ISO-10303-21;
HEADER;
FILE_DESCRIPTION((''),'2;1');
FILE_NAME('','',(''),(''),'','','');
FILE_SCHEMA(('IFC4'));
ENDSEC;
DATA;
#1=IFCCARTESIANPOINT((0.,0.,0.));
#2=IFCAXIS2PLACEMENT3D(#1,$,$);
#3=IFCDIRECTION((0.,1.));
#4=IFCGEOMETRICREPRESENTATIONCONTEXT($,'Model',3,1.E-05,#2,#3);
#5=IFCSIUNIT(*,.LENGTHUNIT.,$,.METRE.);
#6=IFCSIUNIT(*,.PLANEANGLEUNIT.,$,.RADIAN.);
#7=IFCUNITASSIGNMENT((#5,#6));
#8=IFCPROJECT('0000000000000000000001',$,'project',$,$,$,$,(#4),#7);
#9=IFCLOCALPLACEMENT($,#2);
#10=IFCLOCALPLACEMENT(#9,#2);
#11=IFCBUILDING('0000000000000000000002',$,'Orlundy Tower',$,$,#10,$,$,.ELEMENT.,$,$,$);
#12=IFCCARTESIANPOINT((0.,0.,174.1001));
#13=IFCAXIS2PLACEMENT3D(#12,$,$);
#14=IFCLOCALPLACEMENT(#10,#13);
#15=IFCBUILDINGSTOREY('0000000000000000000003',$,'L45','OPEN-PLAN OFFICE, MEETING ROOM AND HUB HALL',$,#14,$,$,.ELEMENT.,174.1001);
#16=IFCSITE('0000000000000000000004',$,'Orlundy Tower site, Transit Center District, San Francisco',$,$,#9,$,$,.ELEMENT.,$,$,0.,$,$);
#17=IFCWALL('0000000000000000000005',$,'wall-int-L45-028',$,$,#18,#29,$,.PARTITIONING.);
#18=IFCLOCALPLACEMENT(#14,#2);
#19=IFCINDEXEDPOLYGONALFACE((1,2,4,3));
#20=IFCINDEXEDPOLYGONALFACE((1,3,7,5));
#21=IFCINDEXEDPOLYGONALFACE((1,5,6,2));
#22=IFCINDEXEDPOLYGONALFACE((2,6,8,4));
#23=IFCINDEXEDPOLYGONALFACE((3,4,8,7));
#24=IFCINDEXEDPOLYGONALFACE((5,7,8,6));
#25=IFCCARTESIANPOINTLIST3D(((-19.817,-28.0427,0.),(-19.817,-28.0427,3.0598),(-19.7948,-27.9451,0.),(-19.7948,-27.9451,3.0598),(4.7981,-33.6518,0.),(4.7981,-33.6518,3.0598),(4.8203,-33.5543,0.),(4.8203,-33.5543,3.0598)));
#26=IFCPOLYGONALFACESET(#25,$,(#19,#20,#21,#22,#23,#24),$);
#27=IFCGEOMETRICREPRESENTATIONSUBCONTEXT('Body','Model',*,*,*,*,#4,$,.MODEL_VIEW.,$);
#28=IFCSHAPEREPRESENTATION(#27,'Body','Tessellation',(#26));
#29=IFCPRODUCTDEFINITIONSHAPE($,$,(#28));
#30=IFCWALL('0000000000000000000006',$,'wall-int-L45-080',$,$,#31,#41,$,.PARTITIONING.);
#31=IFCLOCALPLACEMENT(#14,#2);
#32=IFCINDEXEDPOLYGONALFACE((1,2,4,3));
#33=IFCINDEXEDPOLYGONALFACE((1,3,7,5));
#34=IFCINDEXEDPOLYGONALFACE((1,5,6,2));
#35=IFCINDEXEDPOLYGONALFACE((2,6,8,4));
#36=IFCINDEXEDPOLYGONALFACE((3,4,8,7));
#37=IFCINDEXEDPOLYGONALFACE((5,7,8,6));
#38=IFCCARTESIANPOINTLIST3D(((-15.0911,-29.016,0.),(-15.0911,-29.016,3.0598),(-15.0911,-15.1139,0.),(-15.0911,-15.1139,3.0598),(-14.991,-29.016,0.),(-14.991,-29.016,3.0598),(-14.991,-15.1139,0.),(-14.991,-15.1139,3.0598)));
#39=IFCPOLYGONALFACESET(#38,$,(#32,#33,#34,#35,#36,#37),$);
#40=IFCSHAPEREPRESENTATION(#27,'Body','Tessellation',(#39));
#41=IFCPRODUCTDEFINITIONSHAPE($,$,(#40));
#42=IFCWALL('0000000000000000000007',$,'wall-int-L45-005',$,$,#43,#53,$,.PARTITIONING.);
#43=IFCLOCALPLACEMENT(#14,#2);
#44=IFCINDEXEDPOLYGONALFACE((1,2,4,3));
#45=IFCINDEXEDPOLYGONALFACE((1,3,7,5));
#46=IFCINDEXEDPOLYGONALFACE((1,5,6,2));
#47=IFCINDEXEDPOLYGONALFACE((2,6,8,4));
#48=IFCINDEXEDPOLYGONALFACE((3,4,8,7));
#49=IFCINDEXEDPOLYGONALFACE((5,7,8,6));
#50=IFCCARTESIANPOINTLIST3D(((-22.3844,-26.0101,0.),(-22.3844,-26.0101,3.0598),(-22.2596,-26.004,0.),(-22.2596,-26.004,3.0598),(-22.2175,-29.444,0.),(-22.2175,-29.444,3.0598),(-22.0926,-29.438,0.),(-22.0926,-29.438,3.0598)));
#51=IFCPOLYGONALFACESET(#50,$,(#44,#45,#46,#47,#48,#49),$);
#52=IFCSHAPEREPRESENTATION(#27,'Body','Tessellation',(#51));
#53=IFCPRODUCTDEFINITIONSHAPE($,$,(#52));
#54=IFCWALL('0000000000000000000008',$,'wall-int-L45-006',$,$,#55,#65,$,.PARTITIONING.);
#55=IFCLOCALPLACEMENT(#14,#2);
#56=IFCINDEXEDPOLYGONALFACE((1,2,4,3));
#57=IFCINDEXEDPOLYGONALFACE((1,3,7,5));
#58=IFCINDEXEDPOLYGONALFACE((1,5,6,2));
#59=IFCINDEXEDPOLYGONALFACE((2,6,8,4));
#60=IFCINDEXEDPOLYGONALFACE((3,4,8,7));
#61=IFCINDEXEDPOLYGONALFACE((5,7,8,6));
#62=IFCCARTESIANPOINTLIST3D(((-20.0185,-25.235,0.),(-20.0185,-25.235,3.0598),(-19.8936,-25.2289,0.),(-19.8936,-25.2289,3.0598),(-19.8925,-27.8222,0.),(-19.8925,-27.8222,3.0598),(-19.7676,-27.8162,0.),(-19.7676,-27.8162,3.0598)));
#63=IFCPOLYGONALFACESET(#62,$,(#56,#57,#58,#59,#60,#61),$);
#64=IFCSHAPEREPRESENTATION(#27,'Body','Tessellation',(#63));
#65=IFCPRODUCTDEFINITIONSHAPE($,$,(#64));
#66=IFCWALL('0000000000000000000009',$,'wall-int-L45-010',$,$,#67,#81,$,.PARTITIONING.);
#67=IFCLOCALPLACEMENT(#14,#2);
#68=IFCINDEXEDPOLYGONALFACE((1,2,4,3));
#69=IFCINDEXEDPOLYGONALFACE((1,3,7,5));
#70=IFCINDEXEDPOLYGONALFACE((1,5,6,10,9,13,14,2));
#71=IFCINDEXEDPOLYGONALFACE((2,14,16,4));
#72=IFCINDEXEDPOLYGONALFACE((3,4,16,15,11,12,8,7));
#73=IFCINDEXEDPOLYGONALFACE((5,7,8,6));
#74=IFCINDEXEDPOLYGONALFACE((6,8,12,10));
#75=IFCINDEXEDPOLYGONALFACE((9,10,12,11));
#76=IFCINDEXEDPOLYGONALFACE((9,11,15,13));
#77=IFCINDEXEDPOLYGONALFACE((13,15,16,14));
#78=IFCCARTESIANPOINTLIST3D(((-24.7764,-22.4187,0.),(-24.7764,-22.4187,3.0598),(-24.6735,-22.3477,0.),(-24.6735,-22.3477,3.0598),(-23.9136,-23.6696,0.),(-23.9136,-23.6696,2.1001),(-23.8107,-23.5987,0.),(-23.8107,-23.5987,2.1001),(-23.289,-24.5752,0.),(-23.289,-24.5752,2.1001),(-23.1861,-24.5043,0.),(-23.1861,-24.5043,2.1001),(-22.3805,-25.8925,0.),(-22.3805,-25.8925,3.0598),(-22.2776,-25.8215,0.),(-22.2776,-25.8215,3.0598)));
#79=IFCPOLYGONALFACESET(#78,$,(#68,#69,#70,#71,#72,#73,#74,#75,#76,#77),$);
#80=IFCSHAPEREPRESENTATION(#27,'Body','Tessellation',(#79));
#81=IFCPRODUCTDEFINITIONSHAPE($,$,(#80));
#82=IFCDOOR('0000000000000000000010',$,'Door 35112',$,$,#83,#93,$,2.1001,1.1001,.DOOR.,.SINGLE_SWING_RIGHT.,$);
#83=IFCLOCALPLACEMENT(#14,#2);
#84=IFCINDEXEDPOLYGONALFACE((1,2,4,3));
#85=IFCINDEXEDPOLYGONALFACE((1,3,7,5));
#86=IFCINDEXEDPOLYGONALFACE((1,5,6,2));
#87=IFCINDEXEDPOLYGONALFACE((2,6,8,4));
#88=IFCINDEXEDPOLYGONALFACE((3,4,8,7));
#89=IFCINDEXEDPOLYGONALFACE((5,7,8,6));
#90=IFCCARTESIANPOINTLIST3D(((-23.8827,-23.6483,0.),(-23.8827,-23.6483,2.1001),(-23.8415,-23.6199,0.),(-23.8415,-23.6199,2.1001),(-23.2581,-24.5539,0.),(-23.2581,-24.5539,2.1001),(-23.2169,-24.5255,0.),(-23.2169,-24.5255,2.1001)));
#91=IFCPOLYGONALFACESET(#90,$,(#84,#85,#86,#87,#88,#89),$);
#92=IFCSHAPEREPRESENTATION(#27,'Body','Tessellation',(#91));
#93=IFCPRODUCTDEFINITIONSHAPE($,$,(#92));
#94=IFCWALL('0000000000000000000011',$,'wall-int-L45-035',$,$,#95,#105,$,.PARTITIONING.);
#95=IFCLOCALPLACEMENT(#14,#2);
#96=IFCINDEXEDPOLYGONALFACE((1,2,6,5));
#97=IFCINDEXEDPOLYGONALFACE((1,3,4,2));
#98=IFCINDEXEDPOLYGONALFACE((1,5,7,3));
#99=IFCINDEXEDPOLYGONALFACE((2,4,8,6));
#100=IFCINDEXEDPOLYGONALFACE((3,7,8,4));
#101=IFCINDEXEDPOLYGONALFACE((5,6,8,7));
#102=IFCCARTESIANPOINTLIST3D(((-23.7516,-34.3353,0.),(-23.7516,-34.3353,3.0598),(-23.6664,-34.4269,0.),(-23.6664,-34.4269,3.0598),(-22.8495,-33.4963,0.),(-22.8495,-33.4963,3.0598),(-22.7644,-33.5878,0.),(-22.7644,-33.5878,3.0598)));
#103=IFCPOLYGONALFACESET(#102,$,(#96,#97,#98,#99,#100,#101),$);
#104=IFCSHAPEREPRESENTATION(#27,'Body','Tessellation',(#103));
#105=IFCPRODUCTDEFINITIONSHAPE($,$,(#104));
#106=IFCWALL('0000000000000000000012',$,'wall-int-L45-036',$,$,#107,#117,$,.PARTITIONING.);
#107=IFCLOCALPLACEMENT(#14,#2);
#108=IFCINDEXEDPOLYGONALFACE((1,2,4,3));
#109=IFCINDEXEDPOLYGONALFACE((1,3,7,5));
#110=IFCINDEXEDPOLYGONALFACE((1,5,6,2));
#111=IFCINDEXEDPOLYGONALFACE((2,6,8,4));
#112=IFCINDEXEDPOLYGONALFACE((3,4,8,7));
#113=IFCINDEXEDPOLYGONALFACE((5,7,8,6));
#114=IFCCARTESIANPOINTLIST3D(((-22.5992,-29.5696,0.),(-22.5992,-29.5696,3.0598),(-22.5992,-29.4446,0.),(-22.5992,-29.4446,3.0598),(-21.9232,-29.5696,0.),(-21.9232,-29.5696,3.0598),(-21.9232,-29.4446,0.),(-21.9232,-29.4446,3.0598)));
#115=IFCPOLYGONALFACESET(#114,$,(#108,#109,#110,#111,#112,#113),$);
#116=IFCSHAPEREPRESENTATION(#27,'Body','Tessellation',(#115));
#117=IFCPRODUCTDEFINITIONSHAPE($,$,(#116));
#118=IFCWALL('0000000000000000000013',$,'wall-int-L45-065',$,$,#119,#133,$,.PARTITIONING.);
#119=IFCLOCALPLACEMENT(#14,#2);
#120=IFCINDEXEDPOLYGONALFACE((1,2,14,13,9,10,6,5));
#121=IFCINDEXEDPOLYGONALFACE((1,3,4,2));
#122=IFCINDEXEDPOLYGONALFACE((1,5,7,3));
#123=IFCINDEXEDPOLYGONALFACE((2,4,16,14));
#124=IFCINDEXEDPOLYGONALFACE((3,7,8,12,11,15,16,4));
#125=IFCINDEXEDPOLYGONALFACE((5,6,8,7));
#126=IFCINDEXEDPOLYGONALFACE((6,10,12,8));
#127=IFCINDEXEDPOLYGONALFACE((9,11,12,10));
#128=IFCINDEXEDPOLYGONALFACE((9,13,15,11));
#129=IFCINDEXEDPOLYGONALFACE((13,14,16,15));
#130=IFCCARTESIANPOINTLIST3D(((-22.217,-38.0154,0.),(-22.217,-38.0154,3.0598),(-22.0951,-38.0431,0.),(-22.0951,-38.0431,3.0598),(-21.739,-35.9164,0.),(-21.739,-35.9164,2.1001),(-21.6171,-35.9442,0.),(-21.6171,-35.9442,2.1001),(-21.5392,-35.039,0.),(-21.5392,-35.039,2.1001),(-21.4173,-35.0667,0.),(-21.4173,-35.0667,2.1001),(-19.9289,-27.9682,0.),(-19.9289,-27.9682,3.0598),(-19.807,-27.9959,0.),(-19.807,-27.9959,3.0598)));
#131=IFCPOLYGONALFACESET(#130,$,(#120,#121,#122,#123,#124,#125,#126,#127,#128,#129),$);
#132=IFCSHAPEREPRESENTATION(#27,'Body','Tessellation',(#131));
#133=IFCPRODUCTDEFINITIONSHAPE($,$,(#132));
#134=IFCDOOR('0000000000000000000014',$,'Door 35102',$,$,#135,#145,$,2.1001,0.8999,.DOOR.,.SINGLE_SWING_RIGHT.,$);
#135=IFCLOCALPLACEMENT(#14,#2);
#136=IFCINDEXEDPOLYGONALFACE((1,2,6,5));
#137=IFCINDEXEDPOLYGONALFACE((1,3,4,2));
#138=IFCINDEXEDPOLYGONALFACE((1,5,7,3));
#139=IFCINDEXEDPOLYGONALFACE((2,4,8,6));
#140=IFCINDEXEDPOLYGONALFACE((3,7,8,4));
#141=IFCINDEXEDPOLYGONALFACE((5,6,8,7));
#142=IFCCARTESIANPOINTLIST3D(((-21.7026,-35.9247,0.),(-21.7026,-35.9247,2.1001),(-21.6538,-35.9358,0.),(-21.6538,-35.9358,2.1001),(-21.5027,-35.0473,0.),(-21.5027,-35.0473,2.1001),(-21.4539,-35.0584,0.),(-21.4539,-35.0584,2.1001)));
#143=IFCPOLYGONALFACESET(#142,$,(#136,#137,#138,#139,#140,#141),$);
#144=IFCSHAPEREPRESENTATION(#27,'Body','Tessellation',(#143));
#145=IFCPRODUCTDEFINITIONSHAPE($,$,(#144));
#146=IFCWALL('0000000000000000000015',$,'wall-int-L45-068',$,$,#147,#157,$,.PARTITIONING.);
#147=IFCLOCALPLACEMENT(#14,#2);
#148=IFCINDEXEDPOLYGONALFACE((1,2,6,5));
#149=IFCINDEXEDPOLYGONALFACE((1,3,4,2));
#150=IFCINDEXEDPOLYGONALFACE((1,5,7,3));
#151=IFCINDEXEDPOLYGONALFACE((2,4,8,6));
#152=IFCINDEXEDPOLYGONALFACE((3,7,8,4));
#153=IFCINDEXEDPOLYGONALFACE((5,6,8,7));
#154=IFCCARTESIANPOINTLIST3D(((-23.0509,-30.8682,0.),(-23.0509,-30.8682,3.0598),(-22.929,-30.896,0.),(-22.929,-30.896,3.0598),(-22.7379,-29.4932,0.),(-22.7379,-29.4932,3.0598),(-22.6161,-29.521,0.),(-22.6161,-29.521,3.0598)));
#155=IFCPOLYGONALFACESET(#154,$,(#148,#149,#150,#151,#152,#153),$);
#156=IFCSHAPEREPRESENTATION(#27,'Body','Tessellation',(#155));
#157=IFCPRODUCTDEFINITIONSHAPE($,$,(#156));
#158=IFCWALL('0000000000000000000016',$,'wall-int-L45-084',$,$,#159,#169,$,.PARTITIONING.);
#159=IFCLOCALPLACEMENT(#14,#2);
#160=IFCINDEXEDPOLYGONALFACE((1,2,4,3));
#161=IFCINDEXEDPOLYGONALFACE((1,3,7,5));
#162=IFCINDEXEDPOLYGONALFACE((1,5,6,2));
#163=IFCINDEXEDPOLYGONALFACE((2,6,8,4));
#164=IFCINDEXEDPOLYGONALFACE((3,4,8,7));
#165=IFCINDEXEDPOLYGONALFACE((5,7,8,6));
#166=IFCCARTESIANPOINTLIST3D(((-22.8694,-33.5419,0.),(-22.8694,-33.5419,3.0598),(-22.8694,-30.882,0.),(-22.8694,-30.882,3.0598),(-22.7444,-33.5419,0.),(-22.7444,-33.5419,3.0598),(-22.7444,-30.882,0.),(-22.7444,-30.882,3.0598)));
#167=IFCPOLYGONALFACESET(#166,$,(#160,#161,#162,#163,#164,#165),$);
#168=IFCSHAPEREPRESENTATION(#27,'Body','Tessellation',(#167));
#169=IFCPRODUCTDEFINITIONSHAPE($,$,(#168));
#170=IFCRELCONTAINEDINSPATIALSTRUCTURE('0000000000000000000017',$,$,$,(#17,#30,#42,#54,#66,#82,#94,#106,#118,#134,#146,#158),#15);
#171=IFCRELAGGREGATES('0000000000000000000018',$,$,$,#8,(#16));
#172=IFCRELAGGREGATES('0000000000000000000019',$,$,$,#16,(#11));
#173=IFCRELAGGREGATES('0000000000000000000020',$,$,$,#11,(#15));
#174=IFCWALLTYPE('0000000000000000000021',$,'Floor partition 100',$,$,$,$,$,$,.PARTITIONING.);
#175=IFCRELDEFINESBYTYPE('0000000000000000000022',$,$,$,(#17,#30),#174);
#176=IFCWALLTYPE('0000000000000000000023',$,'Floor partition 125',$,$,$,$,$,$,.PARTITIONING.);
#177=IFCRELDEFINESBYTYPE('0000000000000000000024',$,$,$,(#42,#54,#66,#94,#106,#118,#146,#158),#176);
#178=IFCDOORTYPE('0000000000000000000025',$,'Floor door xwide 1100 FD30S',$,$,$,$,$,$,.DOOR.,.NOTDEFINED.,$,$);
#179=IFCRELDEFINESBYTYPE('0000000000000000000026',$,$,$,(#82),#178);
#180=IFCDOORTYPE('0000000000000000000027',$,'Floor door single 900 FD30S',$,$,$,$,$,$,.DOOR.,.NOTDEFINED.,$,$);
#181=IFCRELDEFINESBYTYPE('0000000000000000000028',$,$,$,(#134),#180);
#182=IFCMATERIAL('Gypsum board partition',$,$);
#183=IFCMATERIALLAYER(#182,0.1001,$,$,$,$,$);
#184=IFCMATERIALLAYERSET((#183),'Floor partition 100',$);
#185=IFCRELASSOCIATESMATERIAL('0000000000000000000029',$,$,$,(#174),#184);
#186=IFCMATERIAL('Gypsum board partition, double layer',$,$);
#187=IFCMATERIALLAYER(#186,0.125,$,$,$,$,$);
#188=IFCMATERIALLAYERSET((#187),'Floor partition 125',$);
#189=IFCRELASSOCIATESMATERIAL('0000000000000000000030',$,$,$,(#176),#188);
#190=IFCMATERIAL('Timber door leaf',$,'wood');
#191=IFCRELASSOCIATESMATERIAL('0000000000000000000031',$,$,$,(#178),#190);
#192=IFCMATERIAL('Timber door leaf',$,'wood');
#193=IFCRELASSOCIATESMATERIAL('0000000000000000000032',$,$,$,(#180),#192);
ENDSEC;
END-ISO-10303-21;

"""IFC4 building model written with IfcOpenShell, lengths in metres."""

from ifc_helpers import new_model, si_unit, direction, frame, frame_2d, origin, place, context, subcontext, project, spatial, rectangle, extrude, material, layer, layer_set, type_object, element, fill, save


model = new_model("IFC4")

# Units and contexts
model_context = context("Model", 3, precision=1e-05, world=origin(), true_north=direction((0.0, 1.0)))
body_context = subcontext(model_context, "Body", "Model", "MODEL_VIEW")
ifc_project = project(units=[si_unit("LENGTHUNIT", "METRE"), si_unit("PLANEANGLEUNIT", "RADIAN")], contexts=[model_context])

# Site, building, storey
site_placement = place(None, origin())
site = spatial("IfcSite", under=ifc_project, at=site_placement, Name="Orlundy Tower site, Transit Center District, San Francisco", CompositionType="ELEMENT", RefElevation=0.0)
building_placement = place(site_placement, origin())
building = spatial("IfcBuilding", under=site, at=building_placement, Name="Orlundy Tower", CompositionType="ELEMENT")
storey_placement = place(building_placement, frame((0.0, 0.0, 174.1001)))
storey = spatial("IfcBuildingStorey", under=building, at=storey_placement, Name="L45", Description="OPEN-PLAN OFFICE, MEETING ROOM AND HUB HALL", CompositionType="ELEMENT", Elevation=174.1001)

# Walls
ifc_material_1 = material(Name="Gypsum board partition")
ifc_layer_1 = layer(ifc_material_1, 0.1001)
ifc_layer_set_1 = layer_set([ifc_layer_1], Name="Floor partition 100")
wall_type_1 = type_object("IfcWallType", Name="Floor partition 100", PredefinedType="PARTITIONING", material=ifc_layer_set_1)
wall_1_placement = place(storey_placement, frame((-19.8059, -27.9939, 0.0), z_axis=(0.0, 0.0, 1.0), x_axis=(0.975006, -0.222179, 0.0)))
element("IfcWall", 1, at=wall_1_placement, inside=storey, type_object=wall_type_1, Name="wall-int-L45-028", PredefinedType="PARTITIONING", context=body_context, shape_type="SweptSolid", body=[
    extrude(rectangle(XDim=25.2461, YDim=0.1001, at=frame_2d((12.623, 0.0))), origin(), (0.0, 0.0, 1.0), 3.0598),
])
wall_2_placement = place(storey_placement, frame((-15.041, -29.0161, 0.0), z_axis=(0.0, 0.0, 1.0), x_axis=(0.0, 1.0, 0.0)))
element("IfcWall", 2, at=wall_2_placement, inside=storey, type_object=wall_type_1, Name="wall-int-L45-080", PredefinedType="PARTITIONING", context=body_context, shape_type="SweptSolid", body=[
    extrude(rectangle(XDim=13.9021, YDim=0.1001, at=frame_2d((6.9512, 0.0))), origin(), (0.0, 0.0, 1.0), 3.0598),
])
ifc_material_2 = material(Name="Gypsum board partition, double layer")
ifc_layer_2 = layer(ifc_material_2, 0.125)
ifc_layer_set_2 = layer_set([ifc_layer_2], Name="Floor partition 125")
wall_type_2 = type_object("IfcWallType", Name="Floor partition 125", PredefinedType="PARTITIONING", material=ifc_layer_set_2)
wall_3_placement = place(storey_placement, frame((-22.322, -26.0071, 0.0), z_axis=(0.0, 0.0, 1.0), x_axis=(0.048574, -0.99882, 0.0)))
element("IfcWall", 3, at=wall_3_placement, inside=storey, type_object=wall_type_2, Name="wall-int-L45-005", PredefinedType="PARTITIONING", context=body_context, shape_type="SweptSolid", body=[
    extrude(rectangle(XDim=3.438, YDim=0.125, at=frame_2d((1.719, 0.0))), origin(), (0.0, 0.0, 1.0), 3.0598),
])
wall_4_placement = place(storey_placement, frame((-19.9561, -25.2319, 0.0), z_axis=(0.0, 0.0, 1.0), x_axis=(0.048635, -0.998817, 0.0)))
element("IfcWall", 4, at=wall_4_placement, inside=storey, type_object=wall_type_2, Name="wall-int-L45-006", PredefinedType="PARTITIONING", context=body_context, shape_type="SweptSolid", body=[
    extrude(rectangle(XDim=2.5903, YDim=0.125, at=frame_2d((1.2952, 0.0))), origin(), (0.0, 0.0, 1.0), 3.0598),
])

# Wall, opening, door
wall_5_placement = place(storey_placement, frame((-22.3291, -25.8569, 0.0), z_axis=(0.0, 0.0, 1.0), x_axis=(-0.567768, 0.823189, 0.0)))
wall_5 = element("IfcWall", 5, at=wall_5_placement, inside=storey, type_object=wall_type_2, Name="wall-int-L45-010", PredefinedType="PARTITIONING", context=body_context, shape_type="SweptSolid", body=[
    extrude(rectangle(XDim=4.22, YDim=0.125, at=frame_2d((2.1099, 0.0))), origin(), (0.0, 0.0, 1.0), 3.0598),
])
opening_1_placement = place(wall_5_placement, frame((1.6001, 0.0, 0.0)))
opening_1 = element("IfcOpeningElement", 6, at=opening_1_placement, cuts=wall_5, PredefinedType="OPENING", context=body_context, shape_type="SweptSolid", body=[
    extrude(rectangle(XDim=1.1001, YDim=2.1001, at=frame_2d((0.55, 1.05))), frame((0.0, 0.0725, 0.0), z_axis=(0.0, -1.0, 0.0), x_axis=(1.0, 0.0, 0.0)), (0.0, 0.0, 1.0), 0.145),
])
ifc_material_3 = material(Name="Timber door leaf", Category="wood")
door_type_1 = type_object("IfcDoorType", Name="Floor door xwide 1100 FD30S", OperationType="NOTDEFINED", PredefinedType="DOOR", material=ifc_material_3)
door_1_placement = place(opening_1_placement, origin())
door_1 = element("IfcDoor", 7, at=door_1_placement, inside=storey, type_object=door_type_1, Name="Door 35112", OperationType="SINGLE_SWING_RIGHT", OverallHeight=2.1001, OverallWidth=1.1001, PredefinedType="DOOR", context=body_context, shape_type="SweptSolid", body=[
    extrude(rectangle(XDim=1.1001, YDim=2.1001, at=frame_2d((0.55, 1.05))), frame((0.0, 0.0249, 0.0), z_axis=(0.0, -1.0, 0.0), x_axis=(1.0, 0.0, 0.0)), (0.0, 0.0, 1.0), 0.05),
])
fill(opening_1, door_1)

# Walls
wall_6_placement = place(storey_placement, frame((-23.709, -34.3811, 0.0), z_axis=(0.0, 0.0, 1.0), x_axis=(0.732207, 0.681082, 0.0)))
element("IfcWall", 8, at=wall_6_placement, inside=storey, type_object=wall_type_2, Name="wall-int-L45-035", PredefinedType="PARTITIONING", context=body_context, shape_type="SweptSolid", body=[
    extrude(rectangle(XDim=1.2319, YDim=0.125, at=frame_2d((0.616, 0.0))), origin(), (0.0, 0.0, 1.0), 3.0598),
])
wall_7_placement = place(storey_placement, frame((-22.5991, -29.5071, 0.0), z_axis=(0.0, 0.0, 1.0), x_axis=(1.0, 0.0, 0.0)))
element("IfcWall", 9, at=wall_7_placement, inside=storey, type_object=wall_type_2, Name="wall-int-L45-036", PredefinedType="PARTITIONING", context=body_context, shape_type="SweptSolid", body=[
    extrude(rectangle(XDim=0.676, YDim=0.125, at=frame_2d((0.3379, 0.0))), origin(), (0.0, 0.0, 1.0), 3.0598),
])

# Wall, opening, door
wall_8_placement = place(storey_placement, frame((-19.8679, -27.9819, 0.0), z_axis=(0.0, 0.0, 1.0), x_axis=(-0.22205, -0.975035, 0.0)))
wall_8 = element("IfcWall", 10, at=wall_8_placement, inside=storey, type_object=wall_type_2, Name="wall-int-L45-065", PredefinedType="PARTITIONING", context=body_context, shape_type="SweptSolid", body=[
    extrude(rectangle(XDim=10.3044, YDim=0.125, at=frame_2d((5.1523, 0.0))), origin(), (0.0, 0.0, 1.0), 3.0598),
])
opening_2_placement = place(wall_8_placement, frame((7.252, 0.0, 0.0)))
opening_2 = element("IfcOpeningElement", 11, at=opening_2_placement, cuts=wall_8, PredefinedType="OPENING", context=body_context, shape_type="SweptSolid", body=[
    extrude(rectangle(XDim=0.8999, YDim=2.1001, at=frame_2d((0.45, 1.05))), frame((0.0, 0.0725, 0.0), z_axis=(0.0, -1.0, 0.0), x_axis=(1.0, 0.0, 0.0)), (0.0, 0.0, 1.0), 0.145),
])
ifc_material_4 = material(Name="Timber door leaf", Category="wood")
door_type_2 = type_object("IfcDoorType", Name="Floor door single 900 FD30S", OperationType="NOTDEFINED", PredefinedType="DOOR", material=ifc_material_4)
door_2_placement = place(opening_2_placement, origin())
door_2 = element("IfcDoor", 12, at=door_2_placement, inside=storey, type_object=door_type_2, Name="Door 35102", OperationType="SINGLE_SWING_RIGHT", OverallHeight=2.1001, OverallWidth=0.8999, PredefinedType="DOOR", context=body_context, shape_type="SweptSolid", body=[
    extrude(rectangle(XDim=0.8999, YDim=2.1001, at=frame_2d((0.45, 1.05))), frame((0.0, 0.0249, 0.0), z_axis=(0.0, -1.0, 0.0), x_axis=(1.0, 0.0, 0.0)), (0.0, 0.0, 1.0), 0.05),
])
fill(opening_2, door_2)

# Walls
wall_9_placement = place(storey_placement, frame((-22.99, -30.8821, 0.0), z_axis=(0.0, 0.0, 1.0), x_axis=(0.22195, 0.975058, 0.0)))
element("IfcWall", 13, at=wall_9_placement, inside=storey, type_object=wall_type_2, Name="wall-int-L45-068", PredefinedType="PARTITIONING", context=body_context, shape_type="SweptSolid", body=[
    extrude(rectangle(XDim=1.4102, YDim=0.125, at=frame_2d((0.7051, 0.0))), origin(), (0.0, 0.0, 1.0), 3.0598),
])
wall_10_placement = place(storey_placement, frame((-22.8069, -33.542, 0.0), z_axis=(0.0, 0.0, 1.0), x_axis=(0.0, 1.0, 0.0)))
element("IfcWall", 14, at=wall_10_placement, inside=storey, type_object=wall_type_2, Name="wall-int-L45-084", PredefinedType="PARTITIONING", context=body_context, shape_type="SweptSolid", body=[
    extrude(rectangle(XDim=2.6599, YDim=0.125, at=frame_2d((1.3301, 0.0))), origin(), (0.0, 0.0, 1.0), 3.0598),
])

save(model, "model.ifc")
